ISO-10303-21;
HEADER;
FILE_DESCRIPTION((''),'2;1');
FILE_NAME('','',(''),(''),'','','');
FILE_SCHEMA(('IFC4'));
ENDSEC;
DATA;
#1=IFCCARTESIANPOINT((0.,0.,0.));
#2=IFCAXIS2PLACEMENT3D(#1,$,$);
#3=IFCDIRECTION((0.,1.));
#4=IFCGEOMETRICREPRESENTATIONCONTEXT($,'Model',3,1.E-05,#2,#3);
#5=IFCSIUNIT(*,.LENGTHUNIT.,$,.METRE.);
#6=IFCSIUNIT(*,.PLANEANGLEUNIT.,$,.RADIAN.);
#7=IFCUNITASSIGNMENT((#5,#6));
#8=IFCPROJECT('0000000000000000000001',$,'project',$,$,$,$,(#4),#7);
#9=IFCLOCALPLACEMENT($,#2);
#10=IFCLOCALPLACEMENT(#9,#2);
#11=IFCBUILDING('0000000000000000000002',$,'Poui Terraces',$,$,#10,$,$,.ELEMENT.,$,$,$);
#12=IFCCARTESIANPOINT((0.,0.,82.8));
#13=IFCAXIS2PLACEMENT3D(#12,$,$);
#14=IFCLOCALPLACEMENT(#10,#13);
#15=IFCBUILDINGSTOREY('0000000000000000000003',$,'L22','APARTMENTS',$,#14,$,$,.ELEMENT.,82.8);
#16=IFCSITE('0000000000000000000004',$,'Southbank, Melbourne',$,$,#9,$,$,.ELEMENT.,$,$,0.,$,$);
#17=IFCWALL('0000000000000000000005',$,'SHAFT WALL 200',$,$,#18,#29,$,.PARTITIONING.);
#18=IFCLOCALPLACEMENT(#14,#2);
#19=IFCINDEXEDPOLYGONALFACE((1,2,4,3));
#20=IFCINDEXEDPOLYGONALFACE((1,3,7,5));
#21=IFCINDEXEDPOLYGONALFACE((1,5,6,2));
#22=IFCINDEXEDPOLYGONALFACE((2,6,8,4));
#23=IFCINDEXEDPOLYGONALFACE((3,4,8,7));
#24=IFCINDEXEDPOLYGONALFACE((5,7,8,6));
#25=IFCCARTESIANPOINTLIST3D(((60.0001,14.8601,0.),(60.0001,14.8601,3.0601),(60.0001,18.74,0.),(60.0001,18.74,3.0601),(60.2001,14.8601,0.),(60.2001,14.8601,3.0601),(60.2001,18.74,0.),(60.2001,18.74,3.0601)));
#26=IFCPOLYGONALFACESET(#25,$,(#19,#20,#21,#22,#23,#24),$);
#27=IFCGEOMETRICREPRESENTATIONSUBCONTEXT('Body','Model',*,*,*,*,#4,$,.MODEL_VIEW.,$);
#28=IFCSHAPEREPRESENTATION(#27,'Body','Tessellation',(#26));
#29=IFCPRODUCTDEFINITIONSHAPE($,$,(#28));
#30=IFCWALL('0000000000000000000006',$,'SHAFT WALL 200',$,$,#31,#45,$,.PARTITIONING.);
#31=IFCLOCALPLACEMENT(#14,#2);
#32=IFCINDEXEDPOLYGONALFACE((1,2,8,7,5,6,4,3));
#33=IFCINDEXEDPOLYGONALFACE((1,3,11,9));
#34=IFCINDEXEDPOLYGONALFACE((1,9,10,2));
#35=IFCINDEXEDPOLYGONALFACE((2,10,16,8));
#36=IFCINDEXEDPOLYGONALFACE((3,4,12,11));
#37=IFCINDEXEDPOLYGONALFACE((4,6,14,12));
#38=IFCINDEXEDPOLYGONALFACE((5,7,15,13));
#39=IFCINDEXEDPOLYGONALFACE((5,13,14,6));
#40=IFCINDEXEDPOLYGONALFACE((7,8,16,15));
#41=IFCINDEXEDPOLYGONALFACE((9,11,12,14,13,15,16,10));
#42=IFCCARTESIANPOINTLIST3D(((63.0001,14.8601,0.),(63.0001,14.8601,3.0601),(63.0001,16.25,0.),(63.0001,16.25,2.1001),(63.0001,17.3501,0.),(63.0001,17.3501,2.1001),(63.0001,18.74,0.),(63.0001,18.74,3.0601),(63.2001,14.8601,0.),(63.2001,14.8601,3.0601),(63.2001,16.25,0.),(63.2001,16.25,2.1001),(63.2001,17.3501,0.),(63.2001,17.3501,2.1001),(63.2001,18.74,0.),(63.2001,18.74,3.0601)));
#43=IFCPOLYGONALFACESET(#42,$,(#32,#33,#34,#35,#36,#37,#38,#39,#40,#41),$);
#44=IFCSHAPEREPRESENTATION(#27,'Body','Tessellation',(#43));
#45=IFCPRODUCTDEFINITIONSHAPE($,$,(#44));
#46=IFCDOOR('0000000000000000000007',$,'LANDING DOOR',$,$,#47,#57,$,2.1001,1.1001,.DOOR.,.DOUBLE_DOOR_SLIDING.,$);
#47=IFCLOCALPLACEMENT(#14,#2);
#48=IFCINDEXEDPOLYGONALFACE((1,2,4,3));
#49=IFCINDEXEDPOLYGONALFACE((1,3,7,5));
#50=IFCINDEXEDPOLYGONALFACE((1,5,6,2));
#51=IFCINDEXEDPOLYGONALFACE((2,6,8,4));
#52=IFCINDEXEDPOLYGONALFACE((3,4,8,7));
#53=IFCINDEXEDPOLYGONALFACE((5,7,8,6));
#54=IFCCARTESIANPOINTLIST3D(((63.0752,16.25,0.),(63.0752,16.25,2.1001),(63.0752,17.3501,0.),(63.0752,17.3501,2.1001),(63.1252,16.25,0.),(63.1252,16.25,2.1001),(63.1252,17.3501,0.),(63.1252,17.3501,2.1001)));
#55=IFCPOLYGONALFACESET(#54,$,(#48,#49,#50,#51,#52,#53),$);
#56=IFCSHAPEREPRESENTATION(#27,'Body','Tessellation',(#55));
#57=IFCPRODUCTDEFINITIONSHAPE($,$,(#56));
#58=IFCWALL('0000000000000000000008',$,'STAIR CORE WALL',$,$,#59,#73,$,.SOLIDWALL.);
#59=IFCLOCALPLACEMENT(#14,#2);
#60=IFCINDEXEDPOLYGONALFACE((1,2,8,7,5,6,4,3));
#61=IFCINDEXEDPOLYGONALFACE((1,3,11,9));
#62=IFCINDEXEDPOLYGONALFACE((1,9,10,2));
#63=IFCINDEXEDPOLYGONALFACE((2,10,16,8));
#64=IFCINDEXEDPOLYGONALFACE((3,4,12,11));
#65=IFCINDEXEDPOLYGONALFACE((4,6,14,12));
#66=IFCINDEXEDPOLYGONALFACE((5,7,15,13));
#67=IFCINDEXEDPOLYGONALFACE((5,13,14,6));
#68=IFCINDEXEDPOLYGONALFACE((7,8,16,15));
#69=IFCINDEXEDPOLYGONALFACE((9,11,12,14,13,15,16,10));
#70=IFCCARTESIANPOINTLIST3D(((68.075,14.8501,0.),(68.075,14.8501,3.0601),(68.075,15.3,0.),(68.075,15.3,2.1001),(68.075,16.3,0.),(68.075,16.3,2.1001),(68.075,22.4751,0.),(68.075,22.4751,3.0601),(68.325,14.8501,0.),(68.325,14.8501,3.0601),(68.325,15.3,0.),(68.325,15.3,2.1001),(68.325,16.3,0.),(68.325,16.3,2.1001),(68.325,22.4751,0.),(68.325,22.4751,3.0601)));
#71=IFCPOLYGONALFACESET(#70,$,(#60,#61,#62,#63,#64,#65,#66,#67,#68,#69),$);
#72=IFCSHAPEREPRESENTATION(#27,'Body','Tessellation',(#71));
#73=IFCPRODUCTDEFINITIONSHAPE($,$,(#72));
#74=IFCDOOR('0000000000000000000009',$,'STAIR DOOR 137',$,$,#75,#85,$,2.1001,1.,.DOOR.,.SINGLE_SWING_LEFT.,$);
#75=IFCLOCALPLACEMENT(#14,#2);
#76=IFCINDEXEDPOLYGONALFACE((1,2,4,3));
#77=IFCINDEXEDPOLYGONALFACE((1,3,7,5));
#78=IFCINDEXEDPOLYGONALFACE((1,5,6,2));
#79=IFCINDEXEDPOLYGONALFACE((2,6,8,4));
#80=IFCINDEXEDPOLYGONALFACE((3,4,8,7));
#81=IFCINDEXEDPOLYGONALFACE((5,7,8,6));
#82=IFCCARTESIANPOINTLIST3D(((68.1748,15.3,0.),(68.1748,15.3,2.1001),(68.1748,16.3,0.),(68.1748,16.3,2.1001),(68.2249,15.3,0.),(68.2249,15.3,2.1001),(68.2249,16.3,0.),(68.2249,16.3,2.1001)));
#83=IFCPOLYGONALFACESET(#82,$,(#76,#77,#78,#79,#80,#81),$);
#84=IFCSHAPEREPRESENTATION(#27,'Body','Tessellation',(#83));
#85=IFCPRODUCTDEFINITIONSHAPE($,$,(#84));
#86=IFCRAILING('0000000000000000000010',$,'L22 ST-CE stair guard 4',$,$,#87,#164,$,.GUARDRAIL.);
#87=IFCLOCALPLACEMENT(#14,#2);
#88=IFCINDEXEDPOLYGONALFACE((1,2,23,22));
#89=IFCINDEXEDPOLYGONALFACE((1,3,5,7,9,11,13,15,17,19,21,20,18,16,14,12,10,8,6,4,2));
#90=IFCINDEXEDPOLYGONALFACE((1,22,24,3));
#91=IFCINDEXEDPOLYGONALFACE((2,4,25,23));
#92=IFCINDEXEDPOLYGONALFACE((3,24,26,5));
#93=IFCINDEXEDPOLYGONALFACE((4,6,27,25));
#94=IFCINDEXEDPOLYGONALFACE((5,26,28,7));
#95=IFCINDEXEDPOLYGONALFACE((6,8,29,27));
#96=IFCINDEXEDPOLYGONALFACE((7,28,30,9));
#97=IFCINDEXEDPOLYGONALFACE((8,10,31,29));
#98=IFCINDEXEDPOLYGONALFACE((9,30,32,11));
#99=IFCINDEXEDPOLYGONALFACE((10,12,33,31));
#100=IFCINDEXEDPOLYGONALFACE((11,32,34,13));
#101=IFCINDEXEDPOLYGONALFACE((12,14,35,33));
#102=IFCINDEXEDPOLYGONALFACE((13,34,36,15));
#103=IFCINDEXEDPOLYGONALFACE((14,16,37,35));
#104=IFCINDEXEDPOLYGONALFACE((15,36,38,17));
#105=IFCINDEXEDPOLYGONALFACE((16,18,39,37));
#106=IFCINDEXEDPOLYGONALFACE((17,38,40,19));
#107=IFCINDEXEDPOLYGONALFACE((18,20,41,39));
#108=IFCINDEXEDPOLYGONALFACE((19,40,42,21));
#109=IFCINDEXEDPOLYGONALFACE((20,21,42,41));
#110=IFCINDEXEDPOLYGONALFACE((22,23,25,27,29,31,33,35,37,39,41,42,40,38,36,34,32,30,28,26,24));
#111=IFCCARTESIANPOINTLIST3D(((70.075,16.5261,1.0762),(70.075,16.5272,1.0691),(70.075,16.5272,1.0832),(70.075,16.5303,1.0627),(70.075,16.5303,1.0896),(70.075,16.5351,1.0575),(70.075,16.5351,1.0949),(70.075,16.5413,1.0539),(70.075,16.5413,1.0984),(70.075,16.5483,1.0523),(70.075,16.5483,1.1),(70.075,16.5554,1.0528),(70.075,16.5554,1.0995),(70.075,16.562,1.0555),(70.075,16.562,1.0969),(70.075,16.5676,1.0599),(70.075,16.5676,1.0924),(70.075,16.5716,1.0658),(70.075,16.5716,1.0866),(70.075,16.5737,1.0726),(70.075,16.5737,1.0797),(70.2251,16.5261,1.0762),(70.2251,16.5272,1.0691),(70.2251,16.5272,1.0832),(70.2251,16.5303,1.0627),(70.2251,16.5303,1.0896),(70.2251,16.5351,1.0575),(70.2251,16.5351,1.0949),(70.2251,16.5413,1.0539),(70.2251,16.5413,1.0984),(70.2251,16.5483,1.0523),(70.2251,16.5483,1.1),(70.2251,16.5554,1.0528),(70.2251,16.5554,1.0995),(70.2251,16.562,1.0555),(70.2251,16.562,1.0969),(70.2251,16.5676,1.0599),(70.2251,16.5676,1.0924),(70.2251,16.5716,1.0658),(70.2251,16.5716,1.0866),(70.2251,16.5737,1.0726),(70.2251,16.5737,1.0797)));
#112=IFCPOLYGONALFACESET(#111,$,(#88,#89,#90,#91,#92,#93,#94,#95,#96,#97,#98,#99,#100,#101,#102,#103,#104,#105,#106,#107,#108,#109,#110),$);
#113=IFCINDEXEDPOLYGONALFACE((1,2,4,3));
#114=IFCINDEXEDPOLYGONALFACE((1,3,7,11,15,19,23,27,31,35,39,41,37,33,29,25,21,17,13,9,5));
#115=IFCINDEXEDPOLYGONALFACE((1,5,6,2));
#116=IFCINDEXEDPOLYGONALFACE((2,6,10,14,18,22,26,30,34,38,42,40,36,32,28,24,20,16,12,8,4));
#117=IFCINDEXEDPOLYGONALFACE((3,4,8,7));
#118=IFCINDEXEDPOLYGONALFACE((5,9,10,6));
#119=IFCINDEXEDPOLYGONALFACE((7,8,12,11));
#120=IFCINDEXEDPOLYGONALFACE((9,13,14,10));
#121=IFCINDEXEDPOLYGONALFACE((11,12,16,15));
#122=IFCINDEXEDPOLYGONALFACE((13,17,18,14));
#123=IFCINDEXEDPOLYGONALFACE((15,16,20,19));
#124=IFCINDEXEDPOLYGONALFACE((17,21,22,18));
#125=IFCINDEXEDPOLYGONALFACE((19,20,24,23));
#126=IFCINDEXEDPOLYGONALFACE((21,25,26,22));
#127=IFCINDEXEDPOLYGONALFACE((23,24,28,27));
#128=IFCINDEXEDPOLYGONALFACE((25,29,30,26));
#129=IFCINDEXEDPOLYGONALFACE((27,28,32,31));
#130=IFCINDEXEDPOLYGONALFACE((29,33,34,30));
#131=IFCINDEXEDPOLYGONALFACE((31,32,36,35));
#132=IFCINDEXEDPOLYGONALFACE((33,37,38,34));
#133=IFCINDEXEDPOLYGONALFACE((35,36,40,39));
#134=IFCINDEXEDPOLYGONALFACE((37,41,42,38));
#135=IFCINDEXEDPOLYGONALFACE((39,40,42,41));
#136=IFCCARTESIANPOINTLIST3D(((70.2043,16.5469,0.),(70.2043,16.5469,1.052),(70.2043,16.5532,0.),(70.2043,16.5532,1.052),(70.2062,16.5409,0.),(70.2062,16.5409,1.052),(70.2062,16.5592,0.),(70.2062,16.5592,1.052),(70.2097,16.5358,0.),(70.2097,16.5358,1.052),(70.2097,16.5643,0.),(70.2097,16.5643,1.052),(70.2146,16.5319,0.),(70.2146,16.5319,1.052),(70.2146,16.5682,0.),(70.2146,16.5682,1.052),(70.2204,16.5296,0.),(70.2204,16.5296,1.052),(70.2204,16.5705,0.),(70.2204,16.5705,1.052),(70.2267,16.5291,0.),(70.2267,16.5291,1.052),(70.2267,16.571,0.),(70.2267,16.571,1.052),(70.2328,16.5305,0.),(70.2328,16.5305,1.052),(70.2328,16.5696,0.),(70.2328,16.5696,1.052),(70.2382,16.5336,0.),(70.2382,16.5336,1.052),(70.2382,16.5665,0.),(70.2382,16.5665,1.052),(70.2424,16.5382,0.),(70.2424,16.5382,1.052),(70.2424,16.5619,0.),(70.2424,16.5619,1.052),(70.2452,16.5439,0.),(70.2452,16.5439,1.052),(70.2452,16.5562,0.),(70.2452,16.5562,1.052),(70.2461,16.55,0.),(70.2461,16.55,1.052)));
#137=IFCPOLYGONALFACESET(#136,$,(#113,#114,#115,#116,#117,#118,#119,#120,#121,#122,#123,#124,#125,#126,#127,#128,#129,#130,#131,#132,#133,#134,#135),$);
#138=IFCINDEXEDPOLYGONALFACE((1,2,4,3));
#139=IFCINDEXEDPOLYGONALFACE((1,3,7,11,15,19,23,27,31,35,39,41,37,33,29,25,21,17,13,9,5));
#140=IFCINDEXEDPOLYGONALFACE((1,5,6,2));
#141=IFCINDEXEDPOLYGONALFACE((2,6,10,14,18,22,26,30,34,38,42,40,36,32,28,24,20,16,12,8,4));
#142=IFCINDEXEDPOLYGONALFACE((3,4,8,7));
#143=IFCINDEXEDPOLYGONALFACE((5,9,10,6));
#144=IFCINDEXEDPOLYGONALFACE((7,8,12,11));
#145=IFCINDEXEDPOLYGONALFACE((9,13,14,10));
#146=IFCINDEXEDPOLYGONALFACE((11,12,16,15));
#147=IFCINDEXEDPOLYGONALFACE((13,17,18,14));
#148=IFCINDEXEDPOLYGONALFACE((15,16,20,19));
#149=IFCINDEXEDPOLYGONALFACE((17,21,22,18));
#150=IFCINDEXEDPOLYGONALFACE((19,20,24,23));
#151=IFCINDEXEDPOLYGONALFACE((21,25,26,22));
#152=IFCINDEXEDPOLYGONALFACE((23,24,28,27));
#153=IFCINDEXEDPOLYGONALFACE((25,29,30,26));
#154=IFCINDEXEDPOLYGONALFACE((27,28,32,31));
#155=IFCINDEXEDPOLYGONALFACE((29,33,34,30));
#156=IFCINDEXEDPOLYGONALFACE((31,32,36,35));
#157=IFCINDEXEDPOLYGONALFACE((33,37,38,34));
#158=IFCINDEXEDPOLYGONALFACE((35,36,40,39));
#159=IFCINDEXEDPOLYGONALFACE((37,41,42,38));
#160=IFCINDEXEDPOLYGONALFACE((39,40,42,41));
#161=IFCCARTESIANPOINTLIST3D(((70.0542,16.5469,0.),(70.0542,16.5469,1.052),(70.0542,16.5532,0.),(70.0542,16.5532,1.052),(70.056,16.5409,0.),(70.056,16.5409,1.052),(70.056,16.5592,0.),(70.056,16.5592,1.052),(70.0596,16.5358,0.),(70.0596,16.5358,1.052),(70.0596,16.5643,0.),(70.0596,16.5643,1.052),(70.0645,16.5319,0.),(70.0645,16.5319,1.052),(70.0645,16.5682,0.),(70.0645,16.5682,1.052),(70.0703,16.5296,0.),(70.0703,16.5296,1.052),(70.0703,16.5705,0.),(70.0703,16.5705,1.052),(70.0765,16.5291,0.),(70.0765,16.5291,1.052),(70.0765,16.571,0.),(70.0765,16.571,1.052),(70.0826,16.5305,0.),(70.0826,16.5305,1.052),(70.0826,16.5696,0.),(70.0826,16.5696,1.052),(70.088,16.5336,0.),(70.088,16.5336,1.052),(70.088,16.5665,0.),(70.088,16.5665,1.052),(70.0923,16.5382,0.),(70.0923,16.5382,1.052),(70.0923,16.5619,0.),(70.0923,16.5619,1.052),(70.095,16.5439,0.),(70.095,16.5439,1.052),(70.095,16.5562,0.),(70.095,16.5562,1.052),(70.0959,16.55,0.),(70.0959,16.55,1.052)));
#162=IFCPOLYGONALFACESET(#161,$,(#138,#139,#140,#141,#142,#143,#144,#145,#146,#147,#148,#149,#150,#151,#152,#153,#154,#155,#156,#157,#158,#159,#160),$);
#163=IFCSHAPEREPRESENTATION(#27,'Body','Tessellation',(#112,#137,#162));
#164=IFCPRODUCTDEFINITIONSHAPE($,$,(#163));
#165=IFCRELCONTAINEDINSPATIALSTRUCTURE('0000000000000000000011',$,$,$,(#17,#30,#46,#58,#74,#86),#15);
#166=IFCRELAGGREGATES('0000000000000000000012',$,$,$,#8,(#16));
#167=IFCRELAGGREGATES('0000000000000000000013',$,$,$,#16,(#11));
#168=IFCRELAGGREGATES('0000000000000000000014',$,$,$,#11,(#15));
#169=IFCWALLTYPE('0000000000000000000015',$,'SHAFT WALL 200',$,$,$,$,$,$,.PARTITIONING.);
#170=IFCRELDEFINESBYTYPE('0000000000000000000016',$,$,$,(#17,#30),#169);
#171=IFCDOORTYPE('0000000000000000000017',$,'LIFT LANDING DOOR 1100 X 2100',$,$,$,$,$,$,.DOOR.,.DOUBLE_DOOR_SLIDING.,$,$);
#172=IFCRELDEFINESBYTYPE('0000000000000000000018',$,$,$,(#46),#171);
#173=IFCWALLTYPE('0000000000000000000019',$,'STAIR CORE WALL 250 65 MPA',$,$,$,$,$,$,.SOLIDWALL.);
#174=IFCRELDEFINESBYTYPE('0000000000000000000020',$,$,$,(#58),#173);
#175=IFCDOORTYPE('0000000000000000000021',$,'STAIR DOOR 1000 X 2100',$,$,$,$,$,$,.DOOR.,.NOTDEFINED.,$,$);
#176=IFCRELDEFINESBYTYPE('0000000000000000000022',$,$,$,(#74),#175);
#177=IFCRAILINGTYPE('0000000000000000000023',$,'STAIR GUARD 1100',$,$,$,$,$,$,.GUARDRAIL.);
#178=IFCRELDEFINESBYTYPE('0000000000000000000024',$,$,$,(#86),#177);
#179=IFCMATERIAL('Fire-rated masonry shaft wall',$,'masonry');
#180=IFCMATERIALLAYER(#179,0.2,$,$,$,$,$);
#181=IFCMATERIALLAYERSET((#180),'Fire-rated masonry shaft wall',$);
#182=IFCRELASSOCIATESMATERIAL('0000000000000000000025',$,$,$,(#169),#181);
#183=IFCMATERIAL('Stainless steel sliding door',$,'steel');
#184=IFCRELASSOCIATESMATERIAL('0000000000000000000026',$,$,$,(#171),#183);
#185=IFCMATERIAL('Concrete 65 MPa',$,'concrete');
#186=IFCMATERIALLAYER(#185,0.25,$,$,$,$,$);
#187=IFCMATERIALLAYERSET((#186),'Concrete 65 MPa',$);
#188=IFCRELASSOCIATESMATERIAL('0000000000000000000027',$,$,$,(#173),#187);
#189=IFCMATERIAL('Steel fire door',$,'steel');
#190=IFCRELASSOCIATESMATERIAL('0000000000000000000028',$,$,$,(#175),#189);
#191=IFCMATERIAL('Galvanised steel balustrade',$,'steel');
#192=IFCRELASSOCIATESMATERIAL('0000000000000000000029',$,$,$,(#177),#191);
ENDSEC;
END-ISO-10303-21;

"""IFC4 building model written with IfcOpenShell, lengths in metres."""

from ifc_helpers import new_model, si_unit, direction, frame, frame_2d, origin, origin_2d, place, context, subcontext, project, spatial, rectangle, circle, extrude, material, layer, layer_set, type_object, element, fill, save


model = new_model("IFC4")

# Units and contexts
model_context = context("Model", 3, precision=1e-05, world=origin(), true_north=direction((0.0, 1.0)))
body_context = subcontext(model_context, "Body", "Model", "MODEL_VIEW")
ifc_project = project(units=[si_unit("LENGTHUNIT", "METRE"), si_unit("PLANEANGLEUNIT", "RADIAN")], contexts=[model_context])

# Site, building, storey
site_placement = place(None, origin())
site = spatial("IfcSite", under=ifc_project, at=site_placement, Name="Southbank, Melbourne", CompositionType="ELEMENT", RefElevation=0.0)
building_placement = place(site_placement, origin())
building = spatial("IfcBuilding", under=site, at=building_placement, Name="Poui Terraces", CompositionType="ELEMENT")
storey_placement = place(building_placement, frame((0.0, 0.0, 82.8)))
storey = spatial("IfcBuildingStorey", under=building, at=storey_placement, Name="L22", Description="APARTMENTS", CompositionType="ELEMENT", Elevation=82.8)

# Shared definitions
ifc_material_1 = material(Name="Concrete 65 MPa", Category="concrete")

# Shared definitions
ifc_material_2 = material(Name="Steel fire door", Category="steel")

# Wall
ifc_material_3 = material(Name="Fire-rated masonry shaft wall", Category="masonry")
ifc_layer_1 = layer(ifc_material_3, 0.2)
ifc_layer_set_1 = layer_set([ifc_layer_1], Name="Fire-rated masonry shaft wall")
wall_type_1 = type_object("IfcWallType", Name="SHAFT WALL 200", PredefinedType="PARTITIONING", material=ifc_layer_set_1)
wall_1_placement = place(storey_placement, frame((60.1001, 14.8601, 0.0), z_axis=(0.0, 0.0, 1.0), x_axis=(0.0, 1.0, 0.0)))
element("IfcWall", 1, at=wall_1_placement, inside=storey, type_object=wall_type_1, Name="SHAFT WALL 200", PredefinedType="PARTITIONING", context=body_context, shape_type="SweptSolid", body=[
    extrude(rectangle(XDim=3.8799, YDim=0.2, at=frame_2d((1.9399, 0.0))), origin(), (0.0, 0.0, 1.0), 3.0601),
])

# Walls, openings, doors
wall_2_placement = place(storey_placement, frame((63.1001, 14.8601, 0.0), z_axis=(0.0, 0.0, 1.0), x_axis=(0.0, 1.0, 0.0)))
wall_2 = element("IfcWall", 2, at=wall_2_placement, inside=storey, type_object=wall_type_1, Name="SHAFT WALL 200", PredefinedType="PARTITIONING", context=body_context, shape_type="SweptSolid", body=[
    extrude(rectangle(XDim=3.8799, YDim=0.2, at=frame_2d((1.9399, 0.0))), origin(), (0.0, 0.0, 1.0), 3.0601),
])
opening_1_placement = place(wall_2_placement, frame((1.3899, 0.0, 0.0)))
opening_1 = element("IfcOpeningElement", 3, at=opening_1_placement, cuts=wall_2, PredefinedType="OPENING", context=body_context, shape_type="SweptSolid", body=[
    extrude(rectangle(XDim=1.1001, YDim=2.1001, at=frame_2d((0.55, 1.05))), frame((0.0, 0.1099, 0.0), z_axis=(0.0, -1.0, 0.0), x_axis=(1.0, 0.0, 0.0)), (0.0, 0.0, 1.0), 0.22),
])
ifc_material_4 = material(Name="Stainless steel sliding door", Category="steel")
door_type_1 = type_object("IfcDoorType", Name="LIFT LANDING DOOR 1100 X 2100", OperationType="DOUBLE_DOOR_SLIDING", PredefinedType="DOOR", material=ifc_material_4)
door_1_placement = place(opening_1_placement, origin())
door_1 = element("IfcDoor", 4, at=door_1_placement, inside=storey, type_object=door_type_1, Name="LANDING DOOR", OperationType="DOUBLE_DOOR_SLIDING", OverallHeight=2.1001, OverallWidth=1.1001, PredefinedType="DOOR", context=body_context, shape_type="SweptSolid", body=[
    extrude(rectangle(XDim=1.1001, YDim=2.1001, at=frame_2d((0.55, 1.05))), frame((0.0, 0.0249, 0.0), z_axis=(0.0, -1.0, 0.0), x_axis=(1.0, 0.0, 0.0)), (0.0, 0.0, 1.0), 0.05),
])
fill(opening_1, door_1)
ifc_layer_2 = layer(ifc_material_1, 0.25)
ifc_layer_set_2 = layer_set([ifc_layer_2], Name="Concrete 65 MPa")
wall_type_2 = type_object("IfcWallType", Name="STAIR CORE WALL 250 65 MPA", PredefinedType="SOLIDWALL", material=ifc_layer_set_2)
wall_3_placement = place(storey_placement, frame((68.2, 14.8501, 0.0), z_axis=(0.0, 0.0, 1.0), x_axis=(0.0, 1.0, 0.0)))
wall_3 = element("IfcWall", 5, at=wall_3_placement, inside=storey, type_object=wall_type_2, Name="STAIR CORE WALL", PredefinedType="SOLIDWALL", context=body_context, shape_type="SweptSolid", body=[
    extrude(rectangle(XDim=7.625, YDim=0.25, at=frame_2d((3.8125, 0.0))), origin(), (0.0, 0.0, 1.0), 3.0601),
])
opening_2_placement = place(wall_3_placement, frame((0.45, 0.0, 0.0)))
opening_2 = element("IfcOpeningElement", 6, at=opening_2_placement, cuts=wall_3, PredefinedType="OPENING", context=body_context, shape_type="SweptSolid", body=[
    extrude(rectangle(XDim=1.0, YDim=2.1001, at=frame_2d((0.5, 1.05))), frame((0.0, 0.135, 0.0), z_axis=(0.0, -1.0, 0.0), x_axis=(1.0, 0.0, 0.0)), (0.0, 0.0, 1.0), 0.27),
])
door_type_2 = type_object("IfcDoorType", Name="STAIR DOOR 1000 X 2100", OperationType="NOTDEFINED", PredefinedType="DOOR", material=ifc_material_2)
door_2_placement = place(opening_2_placement, frame((1.0, 0.0, 0.0), z_axis=(0.0, 0.0, 1.0), x_axis=(-1.0, 0.0, 0.0)))
door_2 = element("IfcDoor", 7, at=door_2_placement, inside=storey, type_object=door_type_2, Name="STAIR DOOR 137", OperationType="SINGLE_SWING_LEFT", OverallHeight=2.1001, OverallWidth=1.0, PredefinedType="DOOR", context=body_context, shape_type="SweptSolid", body=[
    extrude(rectangle(XDim=1.0, YDim=2.1001, at=frame_2d((0.5, 1.05))), frame((0.0, 0.0249, 0.0), z_axis=(0.0, -1.0, 0.0), x_axis=(1.0, 0.0, 0.0)), (0.0, 0.0, 1.0), 0.05),
])
fill(opening_2, door_2)

# Railing
ifc_material_5 = material(Name="Galvanised steel balustrade", Category="steel")
railing_type = type_object("IfcRailingType", Name="STAIR GUARD 1100", PredefinedType="GUARDRAIL", material=ifc_material_5)
railing_placement = place(storey_placement, frame((70.2251, 16.55, 0.0)))
element("IfcRailing", 8, at=railing_placement, inside=storey, type_object=railing_type, Name="L22 ST-CE stair guard 4", PredefinedType="GUARDRAIL", context=body_context, shape_type="SweptSolid", body=[
    extrude(circle(Radius=0.0239, at=origin_2d()), frame((0.0, 0.0, 1.0762), z_axis=(-1.0, 0.0, 0.0), x_axis=(0.0, -1.0, 0.0)), (0.0, 0.0, 1.0), 0.1501),
    extrude(circle(Radius=0.021, at=origin_2d()), origin(), (0.0, 0.0, 1.0), 1.052),
    extrude(circle(Radius=0.021, at=origin_2d()), frame((-0.1501, 0.0, 0.0)), (0.0, 0.0, 1.0), 1.052),
])

save(model, "model.ifc")
